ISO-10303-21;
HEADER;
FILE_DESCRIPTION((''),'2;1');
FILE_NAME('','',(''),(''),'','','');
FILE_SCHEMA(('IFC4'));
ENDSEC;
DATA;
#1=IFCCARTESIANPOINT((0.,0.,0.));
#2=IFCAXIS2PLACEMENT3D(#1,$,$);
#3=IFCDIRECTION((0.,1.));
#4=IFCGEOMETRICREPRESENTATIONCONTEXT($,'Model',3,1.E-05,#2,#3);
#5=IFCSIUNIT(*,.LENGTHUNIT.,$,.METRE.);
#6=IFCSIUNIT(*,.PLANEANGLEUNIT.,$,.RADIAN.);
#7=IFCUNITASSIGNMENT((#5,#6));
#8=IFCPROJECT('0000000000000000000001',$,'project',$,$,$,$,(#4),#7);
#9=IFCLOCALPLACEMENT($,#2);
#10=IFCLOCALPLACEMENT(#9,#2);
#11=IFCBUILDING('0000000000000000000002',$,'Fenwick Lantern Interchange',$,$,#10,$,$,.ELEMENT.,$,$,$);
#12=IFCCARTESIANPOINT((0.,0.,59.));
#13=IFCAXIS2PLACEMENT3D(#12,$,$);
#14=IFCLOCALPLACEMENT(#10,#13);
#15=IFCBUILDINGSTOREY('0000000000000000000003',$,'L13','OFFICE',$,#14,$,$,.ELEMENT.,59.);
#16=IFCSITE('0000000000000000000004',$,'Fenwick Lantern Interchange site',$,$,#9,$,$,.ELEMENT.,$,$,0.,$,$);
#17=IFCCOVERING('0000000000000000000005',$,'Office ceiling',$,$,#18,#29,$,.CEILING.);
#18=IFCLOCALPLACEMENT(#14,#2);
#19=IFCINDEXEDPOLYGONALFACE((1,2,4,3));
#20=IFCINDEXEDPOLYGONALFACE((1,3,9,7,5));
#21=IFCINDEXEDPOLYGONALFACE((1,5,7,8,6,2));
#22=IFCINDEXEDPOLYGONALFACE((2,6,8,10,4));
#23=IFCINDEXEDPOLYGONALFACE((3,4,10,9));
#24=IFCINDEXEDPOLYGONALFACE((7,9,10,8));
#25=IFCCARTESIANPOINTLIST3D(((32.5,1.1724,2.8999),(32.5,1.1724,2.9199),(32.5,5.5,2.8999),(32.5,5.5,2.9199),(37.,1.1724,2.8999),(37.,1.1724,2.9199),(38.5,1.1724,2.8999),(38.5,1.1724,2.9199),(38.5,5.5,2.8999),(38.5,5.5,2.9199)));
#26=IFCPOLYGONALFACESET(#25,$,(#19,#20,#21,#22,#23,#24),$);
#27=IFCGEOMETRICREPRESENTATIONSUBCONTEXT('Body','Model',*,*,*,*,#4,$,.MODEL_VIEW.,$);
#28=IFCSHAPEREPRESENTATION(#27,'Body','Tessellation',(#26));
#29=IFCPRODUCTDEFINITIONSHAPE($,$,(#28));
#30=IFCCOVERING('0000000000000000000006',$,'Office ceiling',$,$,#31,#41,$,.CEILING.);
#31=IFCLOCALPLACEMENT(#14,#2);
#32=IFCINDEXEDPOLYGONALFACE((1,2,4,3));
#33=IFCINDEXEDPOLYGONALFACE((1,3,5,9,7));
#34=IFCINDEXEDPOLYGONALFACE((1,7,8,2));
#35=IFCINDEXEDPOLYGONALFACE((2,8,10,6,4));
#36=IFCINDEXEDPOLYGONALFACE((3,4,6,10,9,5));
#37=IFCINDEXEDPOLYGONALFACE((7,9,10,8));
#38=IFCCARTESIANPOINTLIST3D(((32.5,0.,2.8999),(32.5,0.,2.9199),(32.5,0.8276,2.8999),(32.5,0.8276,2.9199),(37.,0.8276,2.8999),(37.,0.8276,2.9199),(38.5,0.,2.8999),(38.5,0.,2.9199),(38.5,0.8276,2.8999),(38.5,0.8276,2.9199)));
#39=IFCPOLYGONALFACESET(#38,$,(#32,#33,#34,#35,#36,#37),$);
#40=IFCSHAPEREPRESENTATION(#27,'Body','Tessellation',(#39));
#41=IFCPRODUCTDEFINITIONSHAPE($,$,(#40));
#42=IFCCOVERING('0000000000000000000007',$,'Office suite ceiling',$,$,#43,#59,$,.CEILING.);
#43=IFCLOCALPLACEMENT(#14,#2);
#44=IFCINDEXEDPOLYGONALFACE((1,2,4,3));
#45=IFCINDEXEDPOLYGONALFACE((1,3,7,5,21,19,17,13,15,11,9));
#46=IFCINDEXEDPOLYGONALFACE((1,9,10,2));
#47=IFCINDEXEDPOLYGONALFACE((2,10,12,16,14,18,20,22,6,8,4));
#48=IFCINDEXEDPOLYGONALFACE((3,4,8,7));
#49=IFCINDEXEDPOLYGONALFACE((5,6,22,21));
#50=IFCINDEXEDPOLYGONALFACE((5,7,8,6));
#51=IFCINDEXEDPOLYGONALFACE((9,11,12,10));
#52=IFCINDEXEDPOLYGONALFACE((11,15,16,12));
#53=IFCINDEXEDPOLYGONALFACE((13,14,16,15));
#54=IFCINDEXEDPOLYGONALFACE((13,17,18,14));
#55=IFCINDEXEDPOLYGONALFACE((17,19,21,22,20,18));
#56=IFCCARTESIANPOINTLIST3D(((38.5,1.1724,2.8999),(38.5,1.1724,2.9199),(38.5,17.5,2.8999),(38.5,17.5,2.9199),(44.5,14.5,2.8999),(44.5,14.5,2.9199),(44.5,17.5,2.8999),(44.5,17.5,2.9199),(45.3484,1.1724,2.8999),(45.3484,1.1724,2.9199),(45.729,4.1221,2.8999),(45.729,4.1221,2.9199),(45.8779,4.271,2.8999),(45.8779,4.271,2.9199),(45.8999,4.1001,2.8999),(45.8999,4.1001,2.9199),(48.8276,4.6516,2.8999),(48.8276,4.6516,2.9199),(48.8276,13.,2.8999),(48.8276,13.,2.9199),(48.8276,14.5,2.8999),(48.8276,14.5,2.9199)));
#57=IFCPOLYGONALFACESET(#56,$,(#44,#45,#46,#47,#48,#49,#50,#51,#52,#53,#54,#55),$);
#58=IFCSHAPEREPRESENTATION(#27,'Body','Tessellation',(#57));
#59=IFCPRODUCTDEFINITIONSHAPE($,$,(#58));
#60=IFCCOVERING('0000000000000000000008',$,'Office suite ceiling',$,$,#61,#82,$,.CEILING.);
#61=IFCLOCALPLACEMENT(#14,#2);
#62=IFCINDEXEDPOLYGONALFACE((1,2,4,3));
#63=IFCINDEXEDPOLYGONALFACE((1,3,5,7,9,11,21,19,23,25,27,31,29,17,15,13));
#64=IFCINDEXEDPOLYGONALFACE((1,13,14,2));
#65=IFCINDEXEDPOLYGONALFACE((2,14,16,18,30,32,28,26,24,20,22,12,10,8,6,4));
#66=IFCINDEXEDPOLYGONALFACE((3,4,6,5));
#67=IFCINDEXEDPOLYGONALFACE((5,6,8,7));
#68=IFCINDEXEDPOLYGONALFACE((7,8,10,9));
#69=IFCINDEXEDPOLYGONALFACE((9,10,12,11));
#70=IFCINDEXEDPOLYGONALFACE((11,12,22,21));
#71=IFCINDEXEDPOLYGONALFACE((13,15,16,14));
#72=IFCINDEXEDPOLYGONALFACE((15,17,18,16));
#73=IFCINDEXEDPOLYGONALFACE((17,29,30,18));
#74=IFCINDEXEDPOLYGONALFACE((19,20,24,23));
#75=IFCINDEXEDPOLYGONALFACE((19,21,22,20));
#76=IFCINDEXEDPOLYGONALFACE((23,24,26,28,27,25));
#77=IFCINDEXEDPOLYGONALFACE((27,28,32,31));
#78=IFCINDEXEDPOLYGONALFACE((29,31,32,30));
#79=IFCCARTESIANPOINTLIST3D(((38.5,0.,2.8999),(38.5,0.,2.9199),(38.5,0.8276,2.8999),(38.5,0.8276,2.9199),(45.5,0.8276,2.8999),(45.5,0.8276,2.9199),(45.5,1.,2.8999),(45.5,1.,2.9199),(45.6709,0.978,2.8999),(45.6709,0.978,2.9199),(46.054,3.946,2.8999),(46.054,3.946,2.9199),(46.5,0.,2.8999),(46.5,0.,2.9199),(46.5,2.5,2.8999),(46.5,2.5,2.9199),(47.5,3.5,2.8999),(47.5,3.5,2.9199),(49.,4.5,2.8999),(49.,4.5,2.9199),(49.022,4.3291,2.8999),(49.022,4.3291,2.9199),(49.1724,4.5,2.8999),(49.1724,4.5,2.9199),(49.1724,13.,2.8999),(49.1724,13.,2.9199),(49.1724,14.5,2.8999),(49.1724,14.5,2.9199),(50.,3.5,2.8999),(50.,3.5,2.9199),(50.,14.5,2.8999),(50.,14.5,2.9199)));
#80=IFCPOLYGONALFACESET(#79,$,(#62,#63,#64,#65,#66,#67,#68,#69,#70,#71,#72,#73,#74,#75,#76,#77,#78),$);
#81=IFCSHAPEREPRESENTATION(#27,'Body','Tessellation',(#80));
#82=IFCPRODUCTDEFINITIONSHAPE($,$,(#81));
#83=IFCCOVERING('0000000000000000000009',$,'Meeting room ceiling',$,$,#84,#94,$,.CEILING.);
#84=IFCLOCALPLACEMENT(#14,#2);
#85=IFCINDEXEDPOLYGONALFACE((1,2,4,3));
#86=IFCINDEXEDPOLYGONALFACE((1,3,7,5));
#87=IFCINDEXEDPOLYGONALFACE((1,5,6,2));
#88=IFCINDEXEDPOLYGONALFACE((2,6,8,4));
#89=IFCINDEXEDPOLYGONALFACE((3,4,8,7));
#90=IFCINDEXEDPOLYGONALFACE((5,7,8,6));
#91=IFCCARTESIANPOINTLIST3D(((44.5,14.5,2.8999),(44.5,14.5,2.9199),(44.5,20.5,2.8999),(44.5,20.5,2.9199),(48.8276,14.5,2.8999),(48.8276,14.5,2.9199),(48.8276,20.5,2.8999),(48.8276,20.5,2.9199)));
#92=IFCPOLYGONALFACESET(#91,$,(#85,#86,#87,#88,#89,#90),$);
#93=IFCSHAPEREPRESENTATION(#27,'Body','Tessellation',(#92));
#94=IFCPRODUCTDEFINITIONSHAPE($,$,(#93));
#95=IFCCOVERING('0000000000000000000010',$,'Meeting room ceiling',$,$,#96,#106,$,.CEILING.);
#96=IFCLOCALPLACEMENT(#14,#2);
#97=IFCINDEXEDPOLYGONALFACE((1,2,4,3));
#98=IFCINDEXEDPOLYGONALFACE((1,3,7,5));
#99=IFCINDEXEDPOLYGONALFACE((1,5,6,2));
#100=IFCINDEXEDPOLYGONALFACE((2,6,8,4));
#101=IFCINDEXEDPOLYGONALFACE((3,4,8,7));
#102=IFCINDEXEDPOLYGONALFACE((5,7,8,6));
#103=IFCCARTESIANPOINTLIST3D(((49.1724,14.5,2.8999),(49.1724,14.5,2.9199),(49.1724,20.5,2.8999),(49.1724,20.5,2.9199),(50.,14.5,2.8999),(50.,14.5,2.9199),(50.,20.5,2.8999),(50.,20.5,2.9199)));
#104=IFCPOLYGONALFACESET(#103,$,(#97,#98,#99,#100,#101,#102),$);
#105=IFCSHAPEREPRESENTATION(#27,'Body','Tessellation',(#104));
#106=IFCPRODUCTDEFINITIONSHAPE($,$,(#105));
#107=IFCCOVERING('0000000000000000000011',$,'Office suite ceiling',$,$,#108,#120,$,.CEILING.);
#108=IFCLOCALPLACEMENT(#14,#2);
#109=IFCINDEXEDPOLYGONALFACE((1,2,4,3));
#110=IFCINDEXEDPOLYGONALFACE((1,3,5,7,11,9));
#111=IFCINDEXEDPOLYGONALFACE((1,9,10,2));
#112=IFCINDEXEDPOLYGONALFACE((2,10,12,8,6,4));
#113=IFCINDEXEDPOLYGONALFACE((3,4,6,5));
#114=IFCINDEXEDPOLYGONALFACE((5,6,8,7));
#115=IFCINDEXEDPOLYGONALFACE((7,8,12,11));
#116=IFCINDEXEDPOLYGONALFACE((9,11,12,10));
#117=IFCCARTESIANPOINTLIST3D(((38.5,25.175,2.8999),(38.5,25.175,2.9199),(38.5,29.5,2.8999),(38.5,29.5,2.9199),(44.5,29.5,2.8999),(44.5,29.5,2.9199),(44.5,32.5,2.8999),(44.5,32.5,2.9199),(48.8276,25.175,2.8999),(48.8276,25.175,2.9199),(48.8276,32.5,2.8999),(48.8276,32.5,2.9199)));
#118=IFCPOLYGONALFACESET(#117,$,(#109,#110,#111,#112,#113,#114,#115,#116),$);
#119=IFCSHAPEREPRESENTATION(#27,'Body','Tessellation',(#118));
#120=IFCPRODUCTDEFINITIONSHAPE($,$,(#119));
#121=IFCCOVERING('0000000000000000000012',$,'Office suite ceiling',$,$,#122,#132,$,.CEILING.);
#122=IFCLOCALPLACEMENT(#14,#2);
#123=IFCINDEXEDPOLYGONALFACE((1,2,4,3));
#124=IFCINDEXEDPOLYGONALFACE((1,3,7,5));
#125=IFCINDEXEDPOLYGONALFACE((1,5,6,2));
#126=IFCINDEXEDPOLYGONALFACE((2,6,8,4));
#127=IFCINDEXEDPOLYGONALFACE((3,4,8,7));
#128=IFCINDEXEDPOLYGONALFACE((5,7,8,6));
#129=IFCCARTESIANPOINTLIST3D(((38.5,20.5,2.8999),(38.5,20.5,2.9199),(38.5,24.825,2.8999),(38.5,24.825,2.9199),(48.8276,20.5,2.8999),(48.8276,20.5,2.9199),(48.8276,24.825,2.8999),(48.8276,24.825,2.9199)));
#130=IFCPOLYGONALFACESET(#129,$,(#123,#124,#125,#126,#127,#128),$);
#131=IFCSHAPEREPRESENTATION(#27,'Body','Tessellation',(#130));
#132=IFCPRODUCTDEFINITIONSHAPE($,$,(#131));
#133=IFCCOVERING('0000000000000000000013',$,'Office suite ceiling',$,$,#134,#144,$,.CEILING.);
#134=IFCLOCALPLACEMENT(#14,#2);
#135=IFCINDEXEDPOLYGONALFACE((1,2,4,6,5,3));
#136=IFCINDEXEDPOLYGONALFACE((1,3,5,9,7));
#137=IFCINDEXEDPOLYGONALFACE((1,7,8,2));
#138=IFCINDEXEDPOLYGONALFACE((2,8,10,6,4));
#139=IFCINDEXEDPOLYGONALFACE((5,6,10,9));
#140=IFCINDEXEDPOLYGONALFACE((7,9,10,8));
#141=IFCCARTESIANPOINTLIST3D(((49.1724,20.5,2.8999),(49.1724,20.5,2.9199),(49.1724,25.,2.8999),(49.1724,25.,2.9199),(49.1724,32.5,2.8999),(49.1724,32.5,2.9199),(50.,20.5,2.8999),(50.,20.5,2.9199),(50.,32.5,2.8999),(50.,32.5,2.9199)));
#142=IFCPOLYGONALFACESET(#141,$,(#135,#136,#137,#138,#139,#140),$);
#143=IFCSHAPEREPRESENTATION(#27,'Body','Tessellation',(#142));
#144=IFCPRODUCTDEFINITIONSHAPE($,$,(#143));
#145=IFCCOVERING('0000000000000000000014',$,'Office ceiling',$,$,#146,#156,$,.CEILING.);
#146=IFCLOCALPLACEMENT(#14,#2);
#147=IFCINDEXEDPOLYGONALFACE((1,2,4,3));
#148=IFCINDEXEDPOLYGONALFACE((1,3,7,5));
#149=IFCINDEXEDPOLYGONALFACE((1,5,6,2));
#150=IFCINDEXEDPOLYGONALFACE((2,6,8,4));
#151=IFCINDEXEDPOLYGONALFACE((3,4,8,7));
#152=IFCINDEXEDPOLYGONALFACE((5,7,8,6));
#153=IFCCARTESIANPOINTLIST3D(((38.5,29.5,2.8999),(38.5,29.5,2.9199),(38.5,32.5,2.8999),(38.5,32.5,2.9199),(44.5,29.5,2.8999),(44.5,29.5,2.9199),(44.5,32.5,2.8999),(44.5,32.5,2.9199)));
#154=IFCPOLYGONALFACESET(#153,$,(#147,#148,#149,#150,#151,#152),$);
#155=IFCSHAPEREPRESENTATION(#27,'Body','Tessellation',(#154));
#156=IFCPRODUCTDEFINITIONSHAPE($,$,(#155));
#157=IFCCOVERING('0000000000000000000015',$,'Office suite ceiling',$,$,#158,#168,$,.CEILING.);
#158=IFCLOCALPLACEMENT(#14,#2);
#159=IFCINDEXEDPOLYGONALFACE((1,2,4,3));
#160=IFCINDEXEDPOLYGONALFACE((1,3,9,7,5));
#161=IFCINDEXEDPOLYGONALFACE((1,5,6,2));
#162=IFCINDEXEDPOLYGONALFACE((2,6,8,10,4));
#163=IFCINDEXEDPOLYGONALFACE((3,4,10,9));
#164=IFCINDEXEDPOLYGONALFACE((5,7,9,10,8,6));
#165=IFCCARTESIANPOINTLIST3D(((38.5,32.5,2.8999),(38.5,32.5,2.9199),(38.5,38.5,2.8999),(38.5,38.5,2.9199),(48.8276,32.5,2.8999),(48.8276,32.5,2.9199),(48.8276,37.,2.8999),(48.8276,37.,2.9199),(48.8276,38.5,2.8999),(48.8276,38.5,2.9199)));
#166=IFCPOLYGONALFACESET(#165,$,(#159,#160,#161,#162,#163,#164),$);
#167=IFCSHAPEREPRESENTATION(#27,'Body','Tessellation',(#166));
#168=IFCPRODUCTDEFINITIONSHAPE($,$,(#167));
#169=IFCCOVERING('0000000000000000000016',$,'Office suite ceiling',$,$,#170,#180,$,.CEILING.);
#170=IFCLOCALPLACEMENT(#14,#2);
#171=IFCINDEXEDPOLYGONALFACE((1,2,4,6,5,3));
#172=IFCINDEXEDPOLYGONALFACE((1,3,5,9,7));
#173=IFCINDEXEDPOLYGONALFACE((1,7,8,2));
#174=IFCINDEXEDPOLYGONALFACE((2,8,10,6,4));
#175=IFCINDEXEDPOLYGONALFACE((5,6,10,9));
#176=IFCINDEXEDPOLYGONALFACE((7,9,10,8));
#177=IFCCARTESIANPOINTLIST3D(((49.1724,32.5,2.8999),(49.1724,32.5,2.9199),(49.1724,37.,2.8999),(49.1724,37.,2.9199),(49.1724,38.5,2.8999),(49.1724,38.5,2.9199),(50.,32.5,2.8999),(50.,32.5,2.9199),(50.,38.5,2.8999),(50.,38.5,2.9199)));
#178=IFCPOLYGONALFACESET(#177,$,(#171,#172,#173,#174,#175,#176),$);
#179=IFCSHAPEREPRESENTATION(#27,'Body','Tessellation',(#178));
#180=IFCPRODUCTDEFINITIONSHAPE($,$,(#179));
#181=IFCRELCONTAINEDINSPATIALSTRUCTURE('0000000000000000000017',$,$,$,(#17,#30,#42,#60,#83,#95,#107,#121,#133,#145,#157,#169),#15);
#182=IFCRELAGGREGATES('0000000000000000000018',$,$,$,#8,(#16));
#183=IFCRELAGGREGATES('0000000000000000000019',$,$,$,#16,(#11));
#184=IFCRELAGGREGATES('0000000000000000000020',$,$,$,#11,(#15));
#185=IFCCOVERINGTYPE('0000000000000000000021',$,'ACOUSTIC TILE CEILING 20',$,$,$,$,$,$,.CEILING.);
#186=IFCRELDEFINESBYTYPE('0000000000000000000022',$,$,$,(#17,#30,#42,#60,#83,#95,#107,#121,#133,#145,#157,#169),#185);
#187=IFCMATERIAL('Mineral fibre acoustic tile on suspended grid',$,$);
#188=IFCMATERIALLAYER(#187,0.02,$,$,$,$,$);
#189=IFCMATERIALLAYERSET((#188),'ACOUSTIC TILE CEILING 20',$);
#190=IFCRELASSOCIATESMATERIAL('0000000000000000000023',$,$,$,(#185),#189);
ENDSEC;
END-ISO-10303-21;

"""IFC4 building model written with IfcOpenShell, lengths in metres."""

from ifc_helpers import new_model, si_unit, direction, frame, origin, place, context, subcontext, project, spatial, polyline, outline, extrude, material, layer, layer_set, type_object, element, save


model = new_model("IFC4")

# Units and contexts
model_context = context("Model", 3, precision=1e-05, world=origin(), true_north=direction((0.0, 1.0)))
body_context = subcontext(model_context, "Body", "Model", "MODEL_VIEW")
ifc_project = project(units=[si_unit("LENGTHUNIT", "METRE"), si_unit("PLANEANGLEUNIT", "RADIAN")], contexts=[model_context])

# Site, building, storey
site_placement = place(None, origin())
site = spatial("IfcSite", under=ifc_project, at=site_placement, Name="Fenwick Lantern Interchange site", CompositionType="ELEMENT", RefElevation=0.0)
building_placement = place(site_placement, origin())
building = spatial("IfcBuilding", under=site, at=building_placement, Name="Fenwick Lantern Interchange", CompositionType="ELEMENT")
storey_placement = place(building_placement, frame((0.0, 0.0, 59.0)))
storey = spatial("IfcBuildingStorey", under=building, at=storey_placement, Name="L13", Description="OFFICE", CompositionType="ELEMENT", Elevation=59.0)

# Coverings
ifc_material_1 = material(Name="Mineral fibre acoustic tile on suspended grid")
ifc_layer_1 = layer(ifc_material_1, 0.02)
ifc_layer_set_1 = layer_set([ifc_layer_1], Name="ACOUSTIC TILE CEILING 20")
covering_type_1 = type_object("IfcCoveringType", Name="ACOUSTIC TILE CEILING 20", PredefinedType="CEILING", material=ifc_layer_set_1)
covering_1_placement = place(storey_placement, frame((0.0, 0.0, 2.8999)))
element("IfcCovering", 1, at=covering_1_placement, inside=storey, type_object=covering_type_1, Name="Office ceiling", PredefinedType="CEILING", context=body_context, shape_type="SweptSolid", body=[
    extrude(outline(polyline([(32.5, 5.5), (32.5, 1.1724), (37.0, 1.1724), (38.5, 1.1724), (38.5, 5.5), (32.5, 5.5)])), origin(), (0.0, 0.0, 1.0), 0.02),
])
covering_2_placement = place(storey_placement, frame((0.0, 0.0, 2.8999)))
element("IfcCovering", 2, at=covering_2_placement, inside=storey, type_object=covering_type_1, Name="Office ceiling", PredefinedType="CEILING", context=body_context, shape_type="SweptSolid", body=[
    extrude(outline(polyline([(38.5, 0.0), (38.5, 0.8276), (37.0, 0.8276), (32.5, 0.8276), (32.5, 0.0), (38.5, 0.0)])), origin(), (0.0, 0.0, 1.0), 0.02),
])
covering_3_placement = place(storey_placement, frame((0.0, 0.0, 2.8999)))
element("IfcCovering", 3, at=covering_3_placement, inside=storey, type_object=covering_type_1, Name="Office suite ceiling", PredefinedType="CEILING", context=body_context, shape_type="SweptSolid", body=[
    extrude(outline(polyline([(38.5, 17.5), (38.5, 1.1724), (45.3484, 1.1724), (45.729, 4.1221), (45.8999, 4.1001), (45.8779, 4.271), (48.8276, 4.6516), (48.8276, 13.0), (48.8276, 14.5), (44.5, 14.5), (44.5, 17.5), (38.5, 17.5)])), origin(), (0.0, 0.0, 1.0), 0.02),
])
covering_4_placement = place(storey_placement, frame((0.0, 0.0, 2.8999)))
element("IfcCovering", 4, at=covering_4_placement, inside=storey, type_object=covering_type_1, Name="Office suite ceiling", PredefinedType="CEILING", context=body_context, shape_type="SweptSolid", body=[
    extrude(outline(polyline([(46.5, 2.5), (47.5, 3.5), (50.0, 3.5), (50.0, 14.5), (49.1724, 14.5), (49.1724, 13.0), (49.1724, 4.5), (49.0, 4.5), (49.022, 4.3291), (46.054, 3.946), (45.6709, 0.978), (45.5, 1.0), (45.5, 0.8276), (38.5, 0.8276), (38.5, 0.0), (46.5, 0.0), (46.5, 2.5)])), origin(), (0.0, 0.0, 1.0), 0.02),
])
covering_5_placement = place(storey_placement, frame((0.0, 0.0, 2.8999)))
element("IfcCovering", 5, at=covering_5_placement, inside=storey, type_object=covering_type_1, Name="Meeting room ceiling", PredefinedType="CEILING", context=body_context, shape_type="SweptSolid", body=[
    extrude(outline(polyline([(44.5, 14.5), (48.8276, 14.5), (48.8276, 20.5), (44.5, 20.5), (44.5, 14.5)])), origin(), (0.0, 0.0, 1.0), 0.02),
])
covering_6_placement = place(storey_placement, frame((0.0, 0.0, 2.8999)))
element("IfcCovering", 6, at=covering_6_placement, inside=storey, type_object=covering_type_1, Name="Meeting room ceiling", PredefinedType="CEILING", context=body_context, shape_type="SweptSolid", body=[
    extrude(outline(polyline([(50.0, 20.5), (49.1724, 20.5), (49.1724, 14.5), (50.0, 14.5), (50.0, 20.5)])), origin(), (0.0, 0.0, 1.0), 0.02),
])
covering_7_placement = place(storey_placement, frame((0.0, 0.0, 2.8999)))
element("IfcCovering", 7, at=covering_7_placement, inside=storey, type_object=covering_type_1, Name="Office suite ceiling", PredefinedType="CEILING", context=body_context, shape_type="SweptSolid", body=[
    extrude(outline(polyline([(38.5, 29.5), (38.5, 25.175), (48.8276, 25.175), (48.8276, 32.5), (44.5, 32.5), (44.5, 29.5), (38.5, 29.5)])), origin(), (0.0, 0.0, 1.0), 0.02),
])
covering_8_placement = place(storey_placement, frame((0.0, 0.0, 2.8999)))
element("IfcCovering", 8, at=covering_8_placement, inside=storey, type_object=covering_type_1, Name="Office suite ceiling", PredefinedType="CEILING", context=body_context, shape_type="SweptSolid", body=[
    extrude(outline(polyline([(38.5, 20.5), (48.8276, 20.5), (48.8276, 24.825), (38.5, 24.825), (38.5, 20.5)])), origin(), (0.0, 0.0, 1.0), 0.02),
])
covering_9_placement = place(storey_placement, frame((0.0, 0.0, 2.8999)))
element("IfcCovering", 9, at=covering_9_placement, inside=storey, type_object=covering_type_1, Name="Office suite ceiling", PredefinedType="CEILING", context=body_context, shape_type="SweptSolid", body=[
    extrude(outline(polyline([(49.1724, 20.5), (50.0, 20.5), (50.0, 32.5), (49.1724, 32.5), (49.1724, 25.0), (49.1724, 20.5)])), origin(), (0.0, 0.0, 1.0), 0.02),
])
covering_10_placement = place(storey_placement, frame((0.0, 0.0, 2.8999)))
element("IfcCovering", 10, at=covering_10_placement, inside=storey, type_object=covering_type_1, Name="Office ceiling", PredefinedType="CEILING", context=body_context, shape_type="SweptSolid", body=[
    extrude(outline(polyline([(44.5, 29.5), (44.5, 32.5), (38.5, 32.5), (38.5, 29.5), (44.5, 29.5)])), origin(), (0.0, 0.0, 1.0), 0.02),
])
covering_11_placement = place(storey_placement, frame((0.0, 0.0, 2.8999)))
element("IfcCovering", 11, at=covering_11_placement, inside=storey, type_object=covering_type_1, Name="Office suite ceiling", PredefinedType="CEILING", context=body_context, shape_type="SweptSolid", body=[
    extrude(outline(polyline([(38.5, 32.5), (48.8276, 32.5), (48.8276, 37.0), (48.8276, 38.5), (38.5, 38.5), (38.5, 32.5)])), origin(), (0.0, 0.0, 1.0), 0.02),
])
covering_12_placement = place(storey_placement, frame((0.0, 0.0, 2.8999)))
element("IfcCovering", 12, at=covering_12_placement, inside=storey, type_object=covering_type_1, Name="Office suite ceiling", PredefinedType="CEILING", context=body_context, shape_type="SweptSolid", body=[
    extrude(outline(polyline([(50.0, 32.5), (50.0, 38.5), (49.1724, 38.5), (49.1724, 37.0), (49.1724, 32.5), (50.0, 32.5)])), origin(), (0.0, 0.0, 1.0), 0.02),
])

save(model, "model.ifc")
